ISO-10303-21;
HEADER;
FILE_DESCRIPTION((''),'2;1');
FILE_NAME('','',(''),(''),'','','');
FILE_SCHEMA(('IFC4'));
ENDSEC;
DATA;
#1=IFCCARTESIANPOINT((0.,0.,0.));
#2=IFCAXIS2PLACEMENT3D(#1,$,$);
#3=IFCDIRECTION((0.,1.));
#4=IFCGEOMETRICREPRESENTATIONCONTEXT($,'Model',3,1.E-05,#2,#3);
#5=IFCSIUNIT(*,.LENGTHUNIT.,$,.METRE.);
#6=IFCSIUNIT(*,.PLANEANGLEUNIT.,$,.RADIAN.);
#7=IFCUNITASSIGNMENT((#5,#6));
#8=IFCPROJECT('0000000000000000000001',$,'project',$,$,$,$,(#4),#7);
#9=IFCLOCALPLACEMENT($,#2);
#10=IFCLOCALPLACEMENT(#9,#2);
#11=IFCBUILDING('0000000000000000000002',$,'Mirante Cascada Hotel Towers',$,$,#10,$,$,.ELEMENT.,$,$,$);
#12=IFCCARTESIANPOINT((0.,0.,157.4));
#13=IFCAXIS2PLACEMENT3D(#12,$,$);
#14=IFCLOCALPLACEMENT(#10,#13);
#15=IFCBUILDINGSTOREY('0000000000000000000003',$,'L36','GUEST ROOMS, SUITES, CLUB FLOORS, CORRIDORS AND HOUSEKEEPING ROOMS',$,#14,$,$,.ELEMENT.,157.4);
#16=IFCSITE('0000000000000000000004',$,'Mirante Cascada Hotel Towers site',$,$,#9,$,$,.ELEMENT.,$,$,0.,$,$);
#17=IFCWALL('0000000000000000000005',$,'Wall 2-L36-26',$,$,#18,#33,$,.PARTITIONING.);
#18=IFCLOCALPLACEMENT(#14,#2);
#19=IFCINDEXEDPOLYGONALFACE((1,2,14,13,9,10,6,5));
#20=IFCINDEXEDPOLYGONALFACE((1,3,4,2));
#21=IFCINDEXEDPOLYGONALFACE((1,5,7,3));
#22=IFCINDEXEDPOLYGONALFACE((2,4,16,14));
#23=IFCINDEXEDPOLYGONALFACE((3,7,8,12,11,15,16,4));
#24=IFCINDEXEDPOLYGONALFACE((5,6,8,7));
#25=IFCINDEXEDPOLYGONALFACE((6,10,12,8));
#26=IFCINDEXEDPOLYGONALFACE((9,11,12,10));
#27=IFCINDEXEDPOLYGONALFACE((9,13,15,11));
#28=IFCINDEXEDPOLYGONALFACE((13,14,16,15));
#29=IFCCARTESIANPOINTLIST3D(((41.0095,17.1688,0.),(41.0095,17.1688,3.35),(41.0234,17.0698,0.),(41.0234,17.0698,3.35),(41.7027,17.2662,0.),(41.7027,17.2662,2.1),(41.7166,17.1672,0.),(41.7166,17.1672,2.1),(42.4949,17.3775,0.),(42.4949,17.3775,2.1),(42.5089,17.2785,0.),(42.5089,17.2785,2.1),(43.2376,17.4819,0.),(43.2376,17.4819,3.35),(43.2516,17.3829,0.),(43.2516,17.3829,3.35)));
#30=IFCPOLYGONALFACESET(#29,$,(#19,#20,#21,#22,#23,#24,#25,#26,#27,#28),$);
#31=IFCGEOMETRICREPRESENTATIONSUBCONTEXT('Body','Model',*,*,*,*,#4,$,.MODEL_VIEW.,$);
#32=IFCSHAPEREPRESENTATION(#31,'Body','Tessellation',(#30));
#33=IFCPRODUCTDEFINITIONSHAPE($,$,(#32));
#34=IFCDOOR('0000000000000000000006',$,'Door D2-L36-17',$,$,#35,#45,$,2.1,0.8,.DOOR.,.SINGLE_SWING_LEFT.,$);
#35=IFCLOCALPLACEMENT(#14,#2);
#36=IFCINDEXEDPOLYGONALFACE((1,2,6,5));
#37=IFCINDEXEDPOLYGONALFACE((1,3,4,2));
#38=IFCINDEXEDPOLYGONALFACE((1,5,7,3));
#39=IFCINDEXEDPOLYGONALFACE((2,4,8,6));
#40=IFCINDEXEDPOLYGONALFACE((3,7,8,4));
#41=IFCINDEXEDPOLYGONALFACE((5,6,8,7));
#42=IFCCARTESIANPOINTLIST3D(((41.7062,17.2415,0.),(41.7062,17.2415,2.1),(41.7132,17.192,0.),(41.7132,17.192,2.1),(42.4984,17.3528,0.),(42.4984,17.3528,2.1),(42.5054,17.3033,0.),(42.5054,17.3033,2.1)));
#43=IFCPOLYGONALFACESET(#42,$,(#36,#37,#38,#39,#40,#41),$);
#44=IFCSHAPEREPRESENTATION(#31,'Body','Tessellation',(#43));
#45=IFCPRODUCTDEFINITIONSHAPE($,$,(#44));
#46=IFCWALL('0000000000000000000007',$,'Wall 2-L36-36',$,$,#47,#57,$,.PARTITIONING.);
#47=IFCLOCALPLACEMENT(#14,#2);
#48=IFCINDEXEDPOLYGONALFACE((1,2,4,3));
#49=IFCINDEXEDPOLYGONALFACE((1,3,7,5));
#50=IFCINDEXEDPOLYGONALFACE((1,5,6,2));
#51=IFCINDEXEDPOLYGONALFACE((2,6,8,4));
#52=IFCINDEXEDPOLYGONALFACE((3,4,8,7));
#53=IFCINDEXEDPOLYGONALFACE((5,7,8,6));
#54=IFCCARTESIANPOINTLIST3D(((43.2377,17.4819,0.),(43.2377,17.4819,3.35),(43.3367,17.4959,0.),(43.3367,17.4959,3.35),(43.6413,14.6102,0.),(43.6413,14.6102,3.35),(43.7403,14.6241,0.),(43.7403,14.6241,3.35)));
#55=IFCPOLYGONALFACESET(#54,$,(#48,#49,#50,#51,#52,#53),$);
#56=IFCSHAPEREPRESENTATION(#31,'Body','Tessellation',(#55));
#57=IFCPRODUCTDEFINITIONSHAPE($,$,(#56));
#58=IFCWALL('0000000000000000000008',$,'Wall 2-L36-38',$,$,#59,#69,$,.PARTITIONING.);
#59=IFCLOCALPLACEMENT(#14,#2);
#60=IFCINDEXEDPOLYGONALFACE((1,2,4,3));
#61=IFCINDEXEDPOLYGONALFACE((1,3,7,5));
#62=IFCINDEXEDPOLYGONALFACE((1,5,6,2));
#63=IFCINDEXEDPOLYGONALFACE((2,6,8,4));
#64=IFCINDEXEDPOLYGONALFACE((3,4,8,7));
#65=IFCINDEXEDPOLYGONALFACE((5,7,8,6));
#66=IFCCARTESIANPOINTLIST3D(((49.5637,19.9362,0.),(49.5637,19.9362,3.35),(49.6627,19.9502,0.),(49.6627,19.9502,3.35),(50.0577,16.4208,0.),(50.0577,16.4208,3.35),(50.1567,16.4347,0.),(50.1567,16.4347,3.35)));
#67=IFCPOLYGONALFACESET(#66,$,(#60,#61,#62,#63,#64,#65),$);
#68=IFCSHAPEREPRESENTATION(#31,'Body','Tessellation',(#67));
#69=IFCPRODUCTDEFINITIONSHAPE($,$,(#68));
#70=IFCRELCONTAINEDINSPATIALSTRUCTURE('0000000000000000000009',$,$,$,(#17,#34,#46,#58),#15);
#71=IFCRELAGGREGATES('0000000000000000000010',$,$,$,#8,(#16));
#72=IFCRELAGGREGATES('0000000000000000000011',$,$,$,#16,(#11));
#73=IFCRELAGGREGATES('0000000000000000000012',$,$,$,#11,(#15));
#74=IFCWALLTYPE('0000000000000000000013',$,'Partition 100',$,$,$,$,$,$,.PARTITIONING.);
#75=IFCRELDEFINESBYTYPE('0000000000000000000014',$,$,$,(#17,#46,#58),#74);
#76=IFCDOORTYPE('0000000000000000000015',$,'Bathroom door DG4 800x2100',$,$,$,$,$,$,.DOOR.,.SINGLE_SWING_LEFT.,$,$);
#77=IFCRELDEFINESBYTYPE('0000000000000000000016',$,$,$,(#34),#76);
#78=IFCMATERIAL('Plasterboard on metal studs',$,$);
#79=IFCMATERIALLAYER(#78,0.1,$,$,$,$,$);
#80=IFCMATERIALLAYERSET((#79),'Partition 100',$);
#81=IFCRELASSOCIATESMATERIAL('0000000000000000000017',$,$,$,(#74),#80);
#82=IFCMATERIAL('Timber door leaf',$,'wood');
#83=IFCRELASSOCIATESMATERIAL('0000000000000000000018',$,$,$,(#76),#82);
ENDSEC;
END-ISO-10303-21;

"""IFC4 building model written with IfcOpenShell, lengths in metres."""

from ifc_helpers import new_model, si_unit, direction, frame, frame_2d, origin, place, context, subcontext, project, spatial, rectangle, extrude, material, layer, layer_set, type_object, element, fill, save


model = new_model("IFC4")

# Units and contexts
model_context = context("Model", 3, precision=1e-05, world=origin(), true_north=direction((0.0, 1.0)))
body_context = subcontext(model_context, "Body", "Model", "MODEL_VIEW")
ifc_project = project(units=[si_unit("LENGTHUNIT", "METRE"), si_unit("PLANEANGLEUNIT", "RADIAN")], contexts=[model_context])

# Site, building, storey
site_placement = place(None, origin())
site = spatial("IfcSite", under=ifc_project, at=site_placement, Name="Mirante Cascada Hotel Towers site", CompositionType="ELEMENT", RefElevation=0.0)
building_placement = place(site_placement, origin())
building = spatial("IfcBuilding", under=site, at=building_placement, Name="Mirante Cascada Hotel Towers", CompositionType="ELEMENT")
storey_placement = place(building_placement, frame((0.0, 0.0, 157.4)))
storey = spatial("IfcBuildingStorey", under=building, at=storey_placement, Name="L36", Description="GUEST ROOMS, SUITES, CLUB FLOORS, CORRIDORS AND HOUSEKEEPING ROOMS", CompositionType="ELEMENT", Elevation=157.4)

# Shared definitions
ifc_material_1 = material(Name="Plasterboard on metal studs")
ifc_layer_1 = layer(ifc_material_1, 0.1)
ifc_layer_set_1 = layer_set([ifc_layer_1], Name="Partition 100")
wall_type_1 = type_object("IfcWallType", Name="Partition 100", PredefinedType="PARTITIONING", material=ifc_layer_set_1)

# Wall, opening, door
wall_1_placement = place(storey_placement, frame((43.2446, 17.4324, 0.0), z_axis=(0.0, 0.0, 1.0), x_axis=(-0.990271, -0.139156, 0.0)))
wall_1 = element("IfcWall", 1, at=wall_1_placement, inside=storey, type_object=wall_type_1, Name="Wall 2-L36-26", PredefinedType="PARTITIONING", context=body_context, shape_type="SweptSolid", body=[
    extrude(rectangle(XDim=2.25, YDim=0.1, at=frame_2d((1.125, 0.0))), origin(), (0.0, 0.0, 1.0), 3.35),
])
opening_1_placement = place(wall_1_placement, frame((0.75, 0.0, 0.0)))
opening_1 = element("IfcOpeningElement", 2, at=opening_1_placement, cuts=wall_1, PredefinedType="OPENING", context=body_context, shape_type="SweptSolid", body=[
    extrude(rectangle(XDim=0.8, YDim=2.1, at=frame_2d((0.4, 1.05))), frame((0.0, 0.05, 0.0), z_axis=(0.0, -1.0, 0.0), x_axis=(1.0, 0.0, 0.0)), (0.0, 0.0, 1.0), 0.1),
])
ifc_material_2 = material(Name="Timber door leaf", Category="wood")
door_type_1 = type_object("IfcDoorType", Name="Bathroom door DG4 800x2100", OperationType="SINGLE_SWING_LEFT", PredefinedType="DOOR", material=ifc_material_2)
door_1_placement = place(opening_1_placement, origin())
door_1 = element("IfcDoor", 3, at=door_1_placement, inside=storey, type_object=door_type_1, Name="Door D2-L36-17", OperationType="SINGLE_SWING_LEFT", OverallHeight=2.1, OverallWidth=0.8, PredefinedType="DOOR", context=body_context, shape_type="SweptSolid", body=[
    extrude(rectangle(XDim=0.8, YDim=2.1, at=frame_2d((0.4, 1.05))), frame((0.0, 0.025, 0.0), z_axis=(0.0, -1.0, 0.0), x_axis=(1.0, 0.0, 0.0)), (0.0, 0.0, 1.0), 0.05),
])
fill(opening_1, door_1)

# Walls
wall_2_placement = place(storey_placement, frame((43.2872, 17.4889, 0.0), z_axis=(0.0, 0.0, 1.0), x_axis=(0.139171, -0.990268, 0.0)))
element("IfcWall", 4, at=wall_2_placement, inside=storey, type_object=wall_type_1, Name="Wall 2-L36-36", PredefinedType="PARTITIONING", context=body_context, shape_type="SweptSolid", body=[
    extrude(rectangle(XDim=2.9, YDim=0.1, at=frame_2d((1.45, 0.0))), origin(), (0.0, 0.0, 1.0), 3.35),
])
wall_3_placement = place(storey_placement, frame((49.6132, 19.9432, 0.0), z_axis=(0.0, 0.0, 1.0), x_axis=(0.139153, -0.990271, 0.0)))
element("IfcWall", 5, at=wall_3_placement, inside=storey, type_object=wall_type_1, Name="Wall 2-L36-38", PredefinedType="PARTITIONING", context=body_context, shape_type="SweptSolid", body=[
    extrude(rectangle(XDim=3.55, YDim=0.1, at=frame_2d((1.775, 0.0))), origin(), (0.0, 0.0, 1.0), 3.35),
])

save(model, "model.ifc")
